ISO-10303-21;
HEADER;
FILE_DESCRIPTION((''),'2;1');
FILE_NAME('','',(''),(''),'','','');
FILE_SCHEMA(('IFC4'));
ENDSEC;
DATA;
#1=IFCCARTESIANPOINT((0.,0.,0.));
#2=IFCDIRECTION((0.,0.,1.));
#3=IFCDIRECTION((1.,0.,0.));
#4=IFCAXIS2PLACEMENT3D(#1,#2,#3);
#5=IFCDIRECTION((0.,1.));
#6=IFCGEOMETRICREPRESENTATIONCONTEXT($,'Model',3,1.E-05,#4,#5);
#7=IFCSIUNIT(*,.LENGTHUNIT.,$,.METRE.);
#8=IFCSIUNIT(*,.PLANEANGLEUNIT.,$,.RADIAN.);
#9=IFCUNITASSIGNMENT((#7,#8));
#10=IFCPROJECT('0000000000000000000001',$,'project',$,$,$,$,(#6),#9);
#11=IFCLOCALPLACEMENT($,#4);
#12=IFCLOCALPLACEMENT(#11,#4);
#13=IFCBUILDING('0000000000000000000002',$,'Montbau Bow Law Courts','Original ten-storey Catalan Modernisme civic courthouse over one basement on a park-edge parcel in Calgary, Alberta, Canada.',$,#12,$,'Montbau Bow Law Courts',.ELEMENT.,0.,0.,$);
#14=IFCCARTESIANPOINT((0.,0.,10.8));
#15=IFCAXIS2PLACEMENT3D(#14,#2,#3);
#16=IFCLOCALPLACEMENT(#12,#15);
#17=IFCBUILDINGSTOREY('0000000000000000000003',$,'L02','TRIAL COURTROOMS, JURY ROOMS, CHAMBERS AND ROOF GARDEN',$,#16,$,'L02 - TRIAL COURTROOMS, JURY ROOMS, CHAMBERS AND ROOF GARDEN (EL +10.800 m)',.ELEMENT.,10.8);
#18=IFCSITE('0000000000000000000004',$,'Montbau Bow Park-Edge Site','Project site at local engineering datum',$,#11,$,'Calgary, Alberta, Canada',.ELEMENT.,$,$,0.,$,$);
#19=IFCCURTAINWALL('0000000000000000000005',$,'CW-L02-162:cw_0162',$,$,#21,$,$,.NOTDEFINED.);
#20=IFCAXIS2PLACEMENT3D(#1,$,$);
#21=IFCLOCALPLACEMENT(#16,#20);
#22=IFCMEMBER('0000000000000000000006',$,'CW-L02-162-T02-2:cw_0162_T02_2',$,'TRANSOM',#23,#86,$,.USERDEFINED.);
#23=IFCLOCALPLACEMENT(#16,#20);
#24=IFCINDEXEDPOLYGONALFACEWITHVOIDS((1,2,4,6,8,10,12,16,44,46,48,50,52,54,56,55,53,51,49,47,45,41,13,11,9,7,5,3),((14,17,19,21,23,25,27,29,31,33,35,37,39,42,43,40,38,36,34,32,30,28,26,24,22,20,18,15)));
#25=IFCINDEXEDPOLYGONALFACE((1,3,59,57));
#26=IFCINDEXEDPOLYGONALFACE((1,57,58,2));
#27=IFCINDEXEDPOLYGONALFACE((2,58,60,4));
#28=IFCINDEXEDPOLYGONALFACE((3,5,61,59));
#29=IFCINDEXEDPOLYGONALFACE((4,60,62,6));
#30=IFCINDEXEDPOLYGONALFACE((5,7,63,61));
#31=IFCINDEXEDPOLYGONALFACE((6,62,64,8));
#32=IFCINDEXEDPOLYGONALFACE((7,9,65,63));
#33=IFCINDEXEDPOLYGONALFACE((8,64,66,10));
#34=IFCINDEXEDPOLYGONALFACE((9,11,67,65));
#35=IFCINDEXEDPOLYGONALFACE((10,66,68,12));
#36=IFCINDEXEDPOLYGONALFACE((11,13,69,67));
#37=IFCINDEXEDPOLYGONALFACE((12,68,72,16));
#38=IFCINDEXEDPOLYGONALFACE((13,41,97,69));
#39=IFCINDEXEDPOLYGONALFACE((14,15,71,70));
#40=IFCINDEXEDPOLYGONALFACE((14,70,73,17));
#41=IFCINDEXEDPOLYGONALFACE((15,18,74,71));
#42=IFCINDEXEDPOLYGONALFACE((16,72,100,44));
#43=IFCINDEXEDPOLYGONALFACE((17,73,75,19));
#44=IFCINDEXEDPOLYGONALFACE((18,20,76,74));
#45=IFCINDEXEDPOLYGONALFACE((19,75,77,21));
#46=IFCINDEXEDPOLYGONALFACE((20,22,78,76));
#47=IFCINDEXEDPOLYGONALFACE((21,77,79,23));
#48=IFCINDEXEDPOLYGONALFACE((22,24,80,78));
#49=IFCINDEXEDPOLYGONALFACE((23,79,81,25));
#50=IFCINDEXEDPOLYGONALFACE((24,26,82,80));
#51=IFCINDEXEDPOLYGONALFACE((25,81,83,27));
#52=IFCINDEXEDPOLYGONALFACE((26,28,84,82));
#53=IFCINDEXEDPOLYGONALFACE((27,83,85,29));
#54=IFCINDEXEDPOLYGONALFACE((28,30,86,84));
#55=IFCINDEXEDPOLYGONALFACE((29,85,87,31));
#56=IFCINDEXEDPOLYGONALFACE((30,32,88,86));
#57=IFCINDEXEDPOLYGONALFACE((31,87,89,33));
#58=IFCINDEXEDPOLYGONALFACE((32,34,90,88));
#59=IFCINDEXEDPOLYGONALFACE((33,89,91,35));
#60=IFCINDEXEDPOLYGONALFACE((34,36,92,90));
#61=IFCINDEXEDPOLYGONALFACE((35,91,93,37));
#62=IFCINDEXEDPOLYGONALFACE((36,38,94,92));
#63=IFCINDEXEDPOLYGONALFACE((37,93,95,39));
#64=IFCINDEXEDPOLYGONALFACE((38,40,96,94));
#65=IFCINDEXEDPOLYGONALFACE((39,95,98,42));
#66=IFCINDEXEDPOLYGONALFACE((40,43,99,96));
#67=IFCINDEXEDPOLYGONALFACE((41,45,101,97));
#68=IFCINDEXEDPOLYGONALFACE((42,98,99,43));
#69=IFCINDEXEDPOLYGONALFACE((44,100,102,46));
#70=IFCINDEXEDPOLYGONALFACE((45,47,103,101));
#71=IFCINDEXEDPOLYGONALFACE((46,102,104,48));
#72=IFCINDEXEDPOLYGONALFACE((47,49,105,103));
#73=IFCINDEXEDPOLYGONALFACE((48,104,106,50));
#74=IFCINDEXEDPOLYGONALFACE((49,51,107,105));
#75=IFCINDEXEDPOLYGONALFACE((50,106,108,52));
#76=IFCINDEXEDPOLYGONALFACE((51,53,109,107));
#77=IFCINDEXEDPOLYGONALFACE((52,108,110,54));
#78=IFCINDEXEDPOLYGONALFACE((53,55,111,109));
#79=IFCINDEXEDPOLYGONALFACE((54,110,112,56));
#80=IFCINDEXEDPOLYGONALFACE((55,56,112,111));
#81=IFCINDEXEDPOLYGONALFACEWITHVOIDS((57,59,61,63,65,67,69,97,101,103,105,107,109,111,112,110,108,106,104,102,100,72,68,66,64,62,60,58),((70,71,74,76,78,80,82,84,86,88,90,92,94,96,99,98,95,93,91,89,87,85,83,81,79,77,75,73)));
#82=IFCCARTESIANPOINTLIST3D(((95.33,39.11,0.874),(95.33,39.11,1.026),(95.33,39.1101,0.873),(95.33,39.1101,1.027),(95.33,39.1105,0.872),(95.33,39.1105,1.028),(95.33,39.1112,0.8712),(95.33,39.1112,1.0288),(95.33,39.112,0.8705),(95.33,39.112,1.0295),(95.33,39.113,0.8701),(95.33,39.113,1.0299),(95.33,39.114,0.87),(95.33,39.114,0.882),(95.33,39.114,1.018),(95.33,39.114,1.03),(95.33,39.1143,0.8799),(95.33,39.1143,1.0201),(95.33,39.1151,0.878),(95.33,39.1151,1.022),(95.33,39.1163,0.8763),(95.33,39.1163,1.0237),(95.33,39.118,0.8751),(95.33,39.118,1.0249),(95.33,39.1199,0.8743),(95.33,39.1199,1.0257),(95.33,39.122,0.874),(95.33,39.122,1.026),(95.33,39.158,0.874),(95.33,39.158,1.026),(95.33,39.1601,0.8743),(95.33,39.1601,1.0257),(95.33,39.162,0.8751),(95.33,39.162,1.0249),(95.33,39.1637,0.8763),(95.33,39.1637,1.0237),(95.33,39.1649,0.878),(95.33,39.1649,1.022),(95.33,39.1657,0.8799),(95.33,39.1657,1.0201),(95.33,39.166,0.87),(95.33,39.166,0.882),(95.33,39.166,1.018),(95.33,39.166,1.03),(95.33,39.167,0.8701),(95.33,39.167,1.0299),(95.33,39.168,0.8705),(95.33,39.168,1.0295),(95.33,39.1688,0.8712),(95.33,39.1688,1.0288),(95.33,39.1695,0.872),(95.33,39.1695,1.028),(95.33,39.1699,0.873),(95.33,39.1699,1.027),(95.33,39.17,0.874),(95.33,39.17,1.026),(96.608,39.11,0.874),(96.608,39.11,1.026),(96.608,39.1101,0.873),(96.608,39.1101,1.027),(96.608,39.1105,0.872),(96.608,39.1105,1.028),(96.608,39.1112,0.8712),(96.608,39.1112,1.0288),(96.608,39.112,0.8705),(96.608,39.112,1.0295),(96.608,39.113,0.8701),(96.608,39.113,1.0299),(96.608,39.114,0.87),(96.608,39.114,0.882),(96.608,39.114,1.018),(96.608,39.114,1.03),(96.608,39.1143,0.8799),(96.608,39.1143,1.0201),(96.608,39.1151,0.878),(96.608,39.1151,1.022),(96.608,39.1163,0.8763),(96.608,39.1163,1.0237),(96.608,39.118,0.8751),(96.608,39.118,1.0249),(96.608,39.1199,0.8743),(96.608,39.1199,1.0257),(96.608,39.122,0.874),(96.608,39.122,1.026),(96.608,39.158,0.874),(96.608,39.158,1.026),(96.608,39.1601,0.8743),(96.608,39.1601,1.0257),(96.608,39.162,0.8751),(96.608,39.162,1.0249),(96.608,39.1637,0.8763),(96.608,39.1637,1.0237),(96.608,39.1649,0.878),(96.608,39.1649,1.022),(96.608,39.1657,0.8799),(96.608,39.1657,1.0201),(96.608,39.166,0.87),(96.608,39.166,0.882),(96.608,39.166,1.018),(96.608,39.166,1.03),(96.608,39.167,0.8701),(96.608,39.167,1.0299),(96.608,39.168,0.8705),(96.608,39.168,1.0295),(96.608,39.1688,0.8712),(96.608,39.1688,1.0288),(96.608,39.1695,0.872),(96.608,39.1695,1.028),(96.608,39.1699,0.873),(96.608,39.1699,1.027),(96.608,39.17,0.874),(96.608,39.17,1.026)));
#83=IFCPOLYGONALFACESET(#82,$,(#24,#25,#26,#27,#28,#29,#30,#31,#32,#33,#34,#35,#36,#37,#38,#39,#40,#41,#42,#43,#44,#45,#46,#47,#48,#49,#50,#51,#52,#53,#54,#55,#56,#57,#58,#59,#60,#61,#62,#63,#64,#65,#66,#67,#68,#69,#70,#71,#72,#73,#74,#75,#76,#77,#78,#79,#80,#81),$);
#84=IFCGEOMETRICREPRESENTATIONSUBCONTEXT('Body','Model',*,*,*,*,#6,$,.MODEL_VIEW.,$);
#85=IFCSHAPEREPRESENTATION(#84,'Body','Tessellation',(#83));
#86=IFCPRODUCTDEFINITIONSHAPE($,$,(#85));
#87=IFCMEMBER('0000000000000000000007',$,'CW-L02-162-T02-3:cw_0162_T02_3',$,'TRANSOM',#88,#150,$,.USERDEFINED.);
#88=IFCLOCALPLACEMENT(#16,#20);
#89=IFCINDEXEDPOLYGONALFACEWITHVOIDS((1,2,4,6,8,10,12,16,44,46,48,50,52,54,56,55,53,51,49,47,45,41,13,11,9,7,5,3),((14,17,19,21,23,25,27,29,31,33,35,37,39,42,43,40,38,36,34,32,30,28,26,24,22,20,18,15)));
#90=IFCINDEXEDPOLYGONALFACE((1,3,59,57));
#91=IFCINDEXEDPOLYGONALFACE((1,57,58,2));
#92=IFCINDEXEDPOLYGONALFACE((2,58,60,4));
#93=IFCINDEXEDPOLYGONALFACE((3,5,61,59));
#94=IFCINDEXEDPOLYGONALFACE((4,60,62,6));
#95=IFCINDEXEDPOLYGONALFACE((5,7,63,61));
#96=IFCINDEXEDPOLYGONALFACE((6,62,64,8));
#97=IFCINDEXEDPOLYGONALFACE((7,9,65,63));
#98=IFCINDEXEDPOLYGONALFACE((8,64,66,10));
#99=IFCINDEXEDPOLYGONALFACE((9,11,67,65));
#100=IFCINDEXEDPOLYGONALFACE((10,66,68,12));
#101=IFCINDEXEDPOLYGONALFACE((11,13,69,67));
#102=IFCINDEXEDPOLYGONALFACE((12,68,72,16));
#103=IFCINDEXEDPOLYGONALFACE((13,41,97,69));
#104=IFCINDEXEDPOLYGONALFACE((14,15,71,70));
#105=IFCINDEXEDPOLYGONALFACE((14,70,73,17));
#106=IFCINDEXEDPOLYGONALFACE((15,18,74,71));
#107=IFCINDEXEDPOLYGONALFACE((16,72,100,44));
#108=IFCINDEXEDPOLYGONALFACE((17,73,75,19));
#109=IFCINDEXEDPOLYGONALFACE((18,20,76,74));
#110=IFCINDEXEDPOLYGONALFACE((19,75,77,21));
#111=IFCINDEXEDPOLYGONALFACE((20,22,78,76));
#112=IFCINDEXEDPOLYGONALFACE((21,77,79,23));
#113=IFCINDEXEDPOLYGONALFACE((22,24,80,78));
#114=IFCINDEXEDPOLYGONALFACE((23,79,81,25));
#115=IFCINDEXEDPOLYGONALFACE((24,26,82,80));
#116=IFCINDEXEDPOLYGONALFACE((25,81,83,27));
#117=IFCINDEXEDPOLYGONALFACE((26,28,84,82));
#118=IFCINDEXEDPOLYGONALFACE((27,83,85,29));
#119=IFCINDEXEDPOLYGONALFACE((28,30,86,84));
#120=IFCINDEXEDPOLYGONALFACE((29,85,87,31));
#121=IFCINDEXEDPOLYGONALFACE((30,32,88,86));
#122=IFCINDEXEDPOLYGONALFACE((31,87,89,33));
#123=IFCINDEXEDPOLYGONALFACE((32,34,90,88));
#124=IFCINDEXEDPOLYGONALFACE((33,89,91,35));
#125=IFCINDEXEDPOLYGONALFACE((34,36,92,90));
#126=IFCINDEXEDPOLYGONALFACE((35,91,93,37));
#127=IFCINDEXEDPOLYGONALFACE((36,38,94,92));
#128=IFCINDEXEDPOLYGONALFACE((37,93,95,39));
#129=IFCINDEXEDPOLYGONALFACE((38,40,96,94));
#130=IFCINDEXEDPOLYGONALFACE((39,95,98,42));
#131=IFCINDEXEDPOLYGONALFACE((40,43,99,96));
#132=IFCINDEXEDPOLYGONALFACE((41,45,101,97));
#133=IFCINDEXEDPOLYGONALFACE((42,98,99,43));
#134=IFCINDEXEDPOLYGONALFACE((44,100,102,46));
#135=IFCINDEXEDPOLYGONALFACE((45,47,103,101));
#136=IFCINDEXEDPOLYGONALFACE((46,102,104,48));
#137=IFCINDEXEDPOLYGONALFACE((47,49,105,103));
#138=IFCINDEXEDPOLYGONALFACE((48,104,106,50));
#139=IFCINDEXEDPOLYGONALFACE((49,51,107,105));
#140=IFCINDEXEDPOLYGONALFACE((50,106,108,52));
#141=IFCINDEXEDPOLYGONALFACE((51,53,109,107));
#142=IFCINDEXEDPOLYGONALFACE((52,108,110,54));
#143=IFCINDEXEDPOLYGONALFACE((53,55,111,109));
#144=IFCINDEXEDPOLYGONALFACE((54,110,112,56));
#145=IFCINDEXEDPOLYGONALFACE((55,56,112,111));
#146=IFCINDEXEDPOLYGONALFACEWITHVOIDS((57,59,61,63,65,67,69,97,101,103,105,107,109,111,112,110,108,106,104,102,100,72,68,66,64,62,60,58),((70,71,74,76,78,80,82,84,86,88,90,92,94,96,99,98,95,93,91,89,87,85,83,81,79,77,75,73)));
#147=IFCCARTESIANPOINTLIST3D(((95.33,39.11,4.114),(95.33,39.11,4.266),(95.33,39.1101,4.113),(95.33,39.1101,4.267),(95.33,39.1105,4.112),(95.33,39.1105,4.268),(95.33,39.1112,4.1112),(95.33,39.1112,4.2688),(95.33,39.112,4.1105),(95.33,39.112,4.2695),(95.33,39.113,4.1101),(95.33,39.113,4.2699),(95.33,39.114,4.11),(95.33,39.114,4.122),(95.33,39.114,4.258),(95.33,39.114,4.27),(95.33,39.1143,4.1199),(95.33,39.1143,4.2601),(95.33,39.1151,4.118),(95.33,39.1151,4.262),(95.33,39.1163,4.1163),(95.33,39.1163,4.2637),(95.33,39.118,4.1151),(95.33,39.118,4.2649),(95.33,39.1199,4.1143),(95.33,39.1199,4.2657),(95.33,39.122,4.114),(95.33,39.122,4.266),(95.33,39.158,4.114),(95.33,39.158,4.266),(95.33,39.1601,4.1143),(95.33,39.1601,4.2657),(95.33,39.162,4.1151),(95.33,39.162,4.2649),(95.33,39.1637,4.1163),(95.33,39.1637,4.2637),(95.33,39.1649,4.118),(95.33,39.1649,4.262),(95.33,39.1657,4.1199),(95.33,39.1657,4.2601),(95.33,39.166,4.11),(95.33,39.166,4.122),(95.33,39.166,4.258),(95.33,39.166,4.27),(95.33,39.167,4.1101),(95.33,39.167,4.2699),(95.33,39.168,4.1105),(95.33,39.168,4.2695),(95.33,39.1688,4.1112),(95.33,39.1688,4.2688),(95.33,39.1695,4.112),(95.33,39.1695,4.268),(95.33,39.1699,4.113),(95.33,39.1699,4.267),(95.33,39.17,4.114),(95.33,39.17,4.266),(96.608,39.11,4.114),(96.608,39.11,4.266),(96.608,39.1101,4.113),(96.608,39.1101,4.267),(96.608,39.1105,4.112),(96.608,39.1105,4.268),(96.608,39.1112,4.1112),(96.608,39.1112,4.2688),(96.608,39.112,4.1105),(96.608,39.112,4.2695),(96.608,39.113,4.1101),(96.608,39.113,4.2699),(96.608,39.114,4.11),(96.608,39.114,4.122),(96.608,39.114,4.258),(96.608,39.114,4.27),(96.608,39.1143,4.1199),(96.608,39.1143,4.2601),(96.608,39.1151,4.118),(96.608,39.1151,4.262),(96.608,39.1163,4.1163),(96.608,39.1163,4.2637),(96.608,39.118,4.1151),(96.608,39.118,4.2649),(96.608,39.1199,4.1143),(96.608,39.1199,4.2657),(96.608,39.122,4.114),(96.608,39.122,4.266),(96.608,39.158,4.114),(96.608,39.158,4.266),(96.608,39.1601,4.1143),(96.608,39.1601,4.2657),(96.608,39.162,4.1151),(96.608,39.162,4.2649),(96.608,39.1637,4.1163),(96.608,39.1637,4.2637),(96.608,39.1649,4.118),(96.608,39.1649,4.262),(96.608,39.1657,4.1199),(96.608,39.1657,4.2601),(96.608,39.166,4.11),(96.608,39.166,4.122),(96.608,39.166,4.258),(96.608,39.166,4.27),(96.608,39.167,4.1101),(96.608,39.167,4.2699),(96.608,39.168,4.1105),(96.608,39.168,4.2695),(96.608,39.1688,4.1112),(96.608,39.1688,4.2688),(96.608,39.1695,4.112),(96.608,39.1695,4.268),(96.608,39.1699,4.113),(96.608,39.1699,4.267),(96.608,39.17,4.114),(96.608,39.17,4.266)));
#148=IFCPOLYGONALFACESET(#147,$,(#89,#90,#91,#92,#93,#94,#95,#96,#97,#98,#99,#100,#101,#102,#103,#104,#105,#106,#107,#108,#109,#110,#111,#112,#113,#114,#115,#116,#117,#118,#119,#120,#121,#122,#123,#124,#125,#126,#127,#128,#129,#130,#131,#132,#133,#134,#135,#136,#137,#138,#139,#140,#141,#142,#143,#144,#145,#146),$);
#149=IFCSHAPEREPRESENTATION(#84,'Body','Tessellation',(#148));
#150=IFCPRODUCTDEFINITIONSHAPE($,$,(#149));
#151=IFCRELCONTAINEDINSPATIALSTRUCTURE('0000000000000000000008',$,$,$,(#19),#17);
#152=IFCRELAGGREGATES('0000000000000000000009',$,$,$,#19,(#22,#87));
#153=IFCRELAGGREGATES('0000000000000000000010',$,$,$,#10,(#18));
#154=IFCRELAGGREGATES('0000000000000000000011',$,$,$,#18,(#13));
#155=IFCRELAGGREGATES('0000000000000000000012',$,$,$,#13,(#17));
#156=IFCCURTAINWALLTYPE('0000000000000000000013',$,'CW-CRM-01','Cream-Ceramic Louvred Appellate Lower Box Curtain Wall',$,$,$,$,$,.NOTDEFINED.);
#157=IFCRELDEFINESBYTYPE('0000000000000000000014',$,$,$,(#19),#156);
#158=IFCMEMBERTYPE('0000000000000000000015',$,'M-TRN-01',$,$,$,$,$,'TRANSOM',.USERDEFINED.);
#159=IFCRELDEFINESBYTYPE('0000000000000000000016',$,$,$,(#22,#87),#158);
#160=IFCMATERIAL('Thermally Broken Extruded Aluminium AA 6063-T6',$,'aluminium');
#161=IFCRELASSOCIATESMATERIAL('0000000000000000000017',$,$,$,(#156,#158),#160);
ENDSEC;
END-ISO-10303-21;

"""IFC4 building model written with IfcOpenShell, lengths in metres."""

from ifc_helpers import new_model, si_unit, direction, frame, origin_with_axes, origin_2d_with_axis, place, context, subcontext, project, spatial, hollow_rectangle, extrude, material, material_profile, profile_set, type_object, element, aggregate, save


model = new_model("IFC4")

# Units and contexts
model_context = context("Model", 3, precision=1e-05, world=origin_with_axes(), true_north=direction((0.0, 1.0)))
body_context = subcontext(model_context, "Body", "Model", "MODEL_VIEW")
ifc_project = project(units=[si_unit("LENGTHUNIT", "METRE"), si_unit("PLANEANGLEUNIT", "RADIAN")], contexts=[model_context])

# Site, building, storey
site_placement = place(None, origin_with_axes())
site = spatial("IfcSite", under=ifc_project, at=site_placement, Name="Montbau Bow Park-Edge Site", Description="Project site at local engineering datum", LongName="Calgary, Alberta, Canada", CompositionType="ELEMENT", RefElevation=0.0)
building_placement = place(site_placement, origin_with_axes())
building = spatial("IfcBuilding", under=site, at=building_placement, Name="Montbau Bow Law Courts", Description="Original ten-storey Catalan Modernisme civic courthouse over one basement on a park-edge parcel in Calgary, Alberta, Canada.", LongName="Montbau Bow Law Courts", CompositionType="ELEMENT", ElevationOfRefHeight=0.0, ElevationOfTerrain=0.0)
storey_placement = place(building_placement, frame((0.0, 0.0, 10.8), z_axis=(0.0, 0.0, 1.0), x_axis=(1.0, 0.0, 0.0)))
storey = spatial("IfcBuildingStorey", under=building, at=storey_placement, Name="L02", Description="TRIAL COURTROOMS, JURY ROOMS, CHAMBERS AND ROOF GARDEN", LongName="L02 - TRIAL COURTROOMS, JURY ROOMS, CHAMBERS AND ROOF GARDEN (EL +10.800 m)", CompositionType="ELEMENT", Elevation=10.8)

# Curtain wall
ifc_material_1 = material(Name="Thermally Broken Extruded Aluminium AA 6063-T6", Category="aluminium")
curtain_wall_type = type_object("IfcCurtainWallType", Name="CW-CRM-01", Description="Cream-Ceramic Louvred Appellate Lower Box Curtain Wall", PredefinedType="NOTDEFINED", material=ifc_material_1)
curtain_wall_1_placement = place(None, frame((93.897, 39.14, 10.8), z_axis=(0.0, 0.0, 1.0), x_axis=(1.0, 0.0, 0.0)))
curtain_wall_1 = element("IfcCurtainWall", 1, at=curtain_wall_1_placement, inside=storey, type_object=curtain_wall_type, Name="CW-L02-162:cw_0162", PredefinedType="NOTDEFINED")

# Members
ifc_material_profile_1 = material_profile(ifc_material_1, hollow_rectangle(XDim=0.06, YDim=0.16, WallThickness=0.004, InnerFilletRadius=0.008, OuterFilletRadius=0.004, at=origin_2d_with_axis()), Name="CWT-160X60", Category="Main", Priority=0)
ifc_profile_set_1 = profile_set([ifc_material_profile_1], Name="Thermally Broken Extruded Aluminium AA 6063-T6")
member_type_1 = type_object("IfcMemberType", Name="M-TRN-01", ElementType="TRANSOM", PredefinedType="USERDEFINED", material=ifc_profile_set_1)
member_1_placement = place(None, frame((95.33, 39.14, 11.75), z_axis=(1.0, 0.0, 0.0), x_axis=(0.0, 1.0, 0.0)))
member_1 = element("IfcMember", 2, at=member_1_placement, type_object=member_type_1, Name="CW-L02-162-T02-2:cw_0162_T02_2", ObjectType="TRANSOM", PredefinedType="USERDEFINED", context=body_context, shape_type="SweptSolid", body=[
    extrude(hollow_rectangle(XDim=0.06, YDim=0.16, WallThickness=0.004, InnerFilletRadius=0.008, OuterFilletRadius=0.004, at=origin_2d_with_axis()), origin_with_axes(), (0.0, 0.0, 1.0), 1.278),
])
member_2_placement = place(None, frame((95.33, 39.14, 14.99), z_axis=(1.0, 0.0, 0.0), x_axis=(0.0, 1.0, 0.0)))
member_2 = element("IfcMember", 3, at=member_2_placement, type_object=member_type_1, Name="CW-L02-162-T02-3:cw_0162_T02_3", ObjectType="TRANSOM", PredefinedType="USERDEFINED", context=body_context, shape_type="SweptSolid", body=[
    extrude(hollow_rectangle(XDim=0.06, YDim=0.16, WallThickness=0.004, InnerFilletRadius=0.008, OuterFilletRadius=0.004, at=origin_2d_with_axis()), origin_with_axes(), (0.0, 0.0, 1.0), 1.278),
])

aggregate(curtain_wall_1, [member_1, member_2])

save(model, "model.ifc")
